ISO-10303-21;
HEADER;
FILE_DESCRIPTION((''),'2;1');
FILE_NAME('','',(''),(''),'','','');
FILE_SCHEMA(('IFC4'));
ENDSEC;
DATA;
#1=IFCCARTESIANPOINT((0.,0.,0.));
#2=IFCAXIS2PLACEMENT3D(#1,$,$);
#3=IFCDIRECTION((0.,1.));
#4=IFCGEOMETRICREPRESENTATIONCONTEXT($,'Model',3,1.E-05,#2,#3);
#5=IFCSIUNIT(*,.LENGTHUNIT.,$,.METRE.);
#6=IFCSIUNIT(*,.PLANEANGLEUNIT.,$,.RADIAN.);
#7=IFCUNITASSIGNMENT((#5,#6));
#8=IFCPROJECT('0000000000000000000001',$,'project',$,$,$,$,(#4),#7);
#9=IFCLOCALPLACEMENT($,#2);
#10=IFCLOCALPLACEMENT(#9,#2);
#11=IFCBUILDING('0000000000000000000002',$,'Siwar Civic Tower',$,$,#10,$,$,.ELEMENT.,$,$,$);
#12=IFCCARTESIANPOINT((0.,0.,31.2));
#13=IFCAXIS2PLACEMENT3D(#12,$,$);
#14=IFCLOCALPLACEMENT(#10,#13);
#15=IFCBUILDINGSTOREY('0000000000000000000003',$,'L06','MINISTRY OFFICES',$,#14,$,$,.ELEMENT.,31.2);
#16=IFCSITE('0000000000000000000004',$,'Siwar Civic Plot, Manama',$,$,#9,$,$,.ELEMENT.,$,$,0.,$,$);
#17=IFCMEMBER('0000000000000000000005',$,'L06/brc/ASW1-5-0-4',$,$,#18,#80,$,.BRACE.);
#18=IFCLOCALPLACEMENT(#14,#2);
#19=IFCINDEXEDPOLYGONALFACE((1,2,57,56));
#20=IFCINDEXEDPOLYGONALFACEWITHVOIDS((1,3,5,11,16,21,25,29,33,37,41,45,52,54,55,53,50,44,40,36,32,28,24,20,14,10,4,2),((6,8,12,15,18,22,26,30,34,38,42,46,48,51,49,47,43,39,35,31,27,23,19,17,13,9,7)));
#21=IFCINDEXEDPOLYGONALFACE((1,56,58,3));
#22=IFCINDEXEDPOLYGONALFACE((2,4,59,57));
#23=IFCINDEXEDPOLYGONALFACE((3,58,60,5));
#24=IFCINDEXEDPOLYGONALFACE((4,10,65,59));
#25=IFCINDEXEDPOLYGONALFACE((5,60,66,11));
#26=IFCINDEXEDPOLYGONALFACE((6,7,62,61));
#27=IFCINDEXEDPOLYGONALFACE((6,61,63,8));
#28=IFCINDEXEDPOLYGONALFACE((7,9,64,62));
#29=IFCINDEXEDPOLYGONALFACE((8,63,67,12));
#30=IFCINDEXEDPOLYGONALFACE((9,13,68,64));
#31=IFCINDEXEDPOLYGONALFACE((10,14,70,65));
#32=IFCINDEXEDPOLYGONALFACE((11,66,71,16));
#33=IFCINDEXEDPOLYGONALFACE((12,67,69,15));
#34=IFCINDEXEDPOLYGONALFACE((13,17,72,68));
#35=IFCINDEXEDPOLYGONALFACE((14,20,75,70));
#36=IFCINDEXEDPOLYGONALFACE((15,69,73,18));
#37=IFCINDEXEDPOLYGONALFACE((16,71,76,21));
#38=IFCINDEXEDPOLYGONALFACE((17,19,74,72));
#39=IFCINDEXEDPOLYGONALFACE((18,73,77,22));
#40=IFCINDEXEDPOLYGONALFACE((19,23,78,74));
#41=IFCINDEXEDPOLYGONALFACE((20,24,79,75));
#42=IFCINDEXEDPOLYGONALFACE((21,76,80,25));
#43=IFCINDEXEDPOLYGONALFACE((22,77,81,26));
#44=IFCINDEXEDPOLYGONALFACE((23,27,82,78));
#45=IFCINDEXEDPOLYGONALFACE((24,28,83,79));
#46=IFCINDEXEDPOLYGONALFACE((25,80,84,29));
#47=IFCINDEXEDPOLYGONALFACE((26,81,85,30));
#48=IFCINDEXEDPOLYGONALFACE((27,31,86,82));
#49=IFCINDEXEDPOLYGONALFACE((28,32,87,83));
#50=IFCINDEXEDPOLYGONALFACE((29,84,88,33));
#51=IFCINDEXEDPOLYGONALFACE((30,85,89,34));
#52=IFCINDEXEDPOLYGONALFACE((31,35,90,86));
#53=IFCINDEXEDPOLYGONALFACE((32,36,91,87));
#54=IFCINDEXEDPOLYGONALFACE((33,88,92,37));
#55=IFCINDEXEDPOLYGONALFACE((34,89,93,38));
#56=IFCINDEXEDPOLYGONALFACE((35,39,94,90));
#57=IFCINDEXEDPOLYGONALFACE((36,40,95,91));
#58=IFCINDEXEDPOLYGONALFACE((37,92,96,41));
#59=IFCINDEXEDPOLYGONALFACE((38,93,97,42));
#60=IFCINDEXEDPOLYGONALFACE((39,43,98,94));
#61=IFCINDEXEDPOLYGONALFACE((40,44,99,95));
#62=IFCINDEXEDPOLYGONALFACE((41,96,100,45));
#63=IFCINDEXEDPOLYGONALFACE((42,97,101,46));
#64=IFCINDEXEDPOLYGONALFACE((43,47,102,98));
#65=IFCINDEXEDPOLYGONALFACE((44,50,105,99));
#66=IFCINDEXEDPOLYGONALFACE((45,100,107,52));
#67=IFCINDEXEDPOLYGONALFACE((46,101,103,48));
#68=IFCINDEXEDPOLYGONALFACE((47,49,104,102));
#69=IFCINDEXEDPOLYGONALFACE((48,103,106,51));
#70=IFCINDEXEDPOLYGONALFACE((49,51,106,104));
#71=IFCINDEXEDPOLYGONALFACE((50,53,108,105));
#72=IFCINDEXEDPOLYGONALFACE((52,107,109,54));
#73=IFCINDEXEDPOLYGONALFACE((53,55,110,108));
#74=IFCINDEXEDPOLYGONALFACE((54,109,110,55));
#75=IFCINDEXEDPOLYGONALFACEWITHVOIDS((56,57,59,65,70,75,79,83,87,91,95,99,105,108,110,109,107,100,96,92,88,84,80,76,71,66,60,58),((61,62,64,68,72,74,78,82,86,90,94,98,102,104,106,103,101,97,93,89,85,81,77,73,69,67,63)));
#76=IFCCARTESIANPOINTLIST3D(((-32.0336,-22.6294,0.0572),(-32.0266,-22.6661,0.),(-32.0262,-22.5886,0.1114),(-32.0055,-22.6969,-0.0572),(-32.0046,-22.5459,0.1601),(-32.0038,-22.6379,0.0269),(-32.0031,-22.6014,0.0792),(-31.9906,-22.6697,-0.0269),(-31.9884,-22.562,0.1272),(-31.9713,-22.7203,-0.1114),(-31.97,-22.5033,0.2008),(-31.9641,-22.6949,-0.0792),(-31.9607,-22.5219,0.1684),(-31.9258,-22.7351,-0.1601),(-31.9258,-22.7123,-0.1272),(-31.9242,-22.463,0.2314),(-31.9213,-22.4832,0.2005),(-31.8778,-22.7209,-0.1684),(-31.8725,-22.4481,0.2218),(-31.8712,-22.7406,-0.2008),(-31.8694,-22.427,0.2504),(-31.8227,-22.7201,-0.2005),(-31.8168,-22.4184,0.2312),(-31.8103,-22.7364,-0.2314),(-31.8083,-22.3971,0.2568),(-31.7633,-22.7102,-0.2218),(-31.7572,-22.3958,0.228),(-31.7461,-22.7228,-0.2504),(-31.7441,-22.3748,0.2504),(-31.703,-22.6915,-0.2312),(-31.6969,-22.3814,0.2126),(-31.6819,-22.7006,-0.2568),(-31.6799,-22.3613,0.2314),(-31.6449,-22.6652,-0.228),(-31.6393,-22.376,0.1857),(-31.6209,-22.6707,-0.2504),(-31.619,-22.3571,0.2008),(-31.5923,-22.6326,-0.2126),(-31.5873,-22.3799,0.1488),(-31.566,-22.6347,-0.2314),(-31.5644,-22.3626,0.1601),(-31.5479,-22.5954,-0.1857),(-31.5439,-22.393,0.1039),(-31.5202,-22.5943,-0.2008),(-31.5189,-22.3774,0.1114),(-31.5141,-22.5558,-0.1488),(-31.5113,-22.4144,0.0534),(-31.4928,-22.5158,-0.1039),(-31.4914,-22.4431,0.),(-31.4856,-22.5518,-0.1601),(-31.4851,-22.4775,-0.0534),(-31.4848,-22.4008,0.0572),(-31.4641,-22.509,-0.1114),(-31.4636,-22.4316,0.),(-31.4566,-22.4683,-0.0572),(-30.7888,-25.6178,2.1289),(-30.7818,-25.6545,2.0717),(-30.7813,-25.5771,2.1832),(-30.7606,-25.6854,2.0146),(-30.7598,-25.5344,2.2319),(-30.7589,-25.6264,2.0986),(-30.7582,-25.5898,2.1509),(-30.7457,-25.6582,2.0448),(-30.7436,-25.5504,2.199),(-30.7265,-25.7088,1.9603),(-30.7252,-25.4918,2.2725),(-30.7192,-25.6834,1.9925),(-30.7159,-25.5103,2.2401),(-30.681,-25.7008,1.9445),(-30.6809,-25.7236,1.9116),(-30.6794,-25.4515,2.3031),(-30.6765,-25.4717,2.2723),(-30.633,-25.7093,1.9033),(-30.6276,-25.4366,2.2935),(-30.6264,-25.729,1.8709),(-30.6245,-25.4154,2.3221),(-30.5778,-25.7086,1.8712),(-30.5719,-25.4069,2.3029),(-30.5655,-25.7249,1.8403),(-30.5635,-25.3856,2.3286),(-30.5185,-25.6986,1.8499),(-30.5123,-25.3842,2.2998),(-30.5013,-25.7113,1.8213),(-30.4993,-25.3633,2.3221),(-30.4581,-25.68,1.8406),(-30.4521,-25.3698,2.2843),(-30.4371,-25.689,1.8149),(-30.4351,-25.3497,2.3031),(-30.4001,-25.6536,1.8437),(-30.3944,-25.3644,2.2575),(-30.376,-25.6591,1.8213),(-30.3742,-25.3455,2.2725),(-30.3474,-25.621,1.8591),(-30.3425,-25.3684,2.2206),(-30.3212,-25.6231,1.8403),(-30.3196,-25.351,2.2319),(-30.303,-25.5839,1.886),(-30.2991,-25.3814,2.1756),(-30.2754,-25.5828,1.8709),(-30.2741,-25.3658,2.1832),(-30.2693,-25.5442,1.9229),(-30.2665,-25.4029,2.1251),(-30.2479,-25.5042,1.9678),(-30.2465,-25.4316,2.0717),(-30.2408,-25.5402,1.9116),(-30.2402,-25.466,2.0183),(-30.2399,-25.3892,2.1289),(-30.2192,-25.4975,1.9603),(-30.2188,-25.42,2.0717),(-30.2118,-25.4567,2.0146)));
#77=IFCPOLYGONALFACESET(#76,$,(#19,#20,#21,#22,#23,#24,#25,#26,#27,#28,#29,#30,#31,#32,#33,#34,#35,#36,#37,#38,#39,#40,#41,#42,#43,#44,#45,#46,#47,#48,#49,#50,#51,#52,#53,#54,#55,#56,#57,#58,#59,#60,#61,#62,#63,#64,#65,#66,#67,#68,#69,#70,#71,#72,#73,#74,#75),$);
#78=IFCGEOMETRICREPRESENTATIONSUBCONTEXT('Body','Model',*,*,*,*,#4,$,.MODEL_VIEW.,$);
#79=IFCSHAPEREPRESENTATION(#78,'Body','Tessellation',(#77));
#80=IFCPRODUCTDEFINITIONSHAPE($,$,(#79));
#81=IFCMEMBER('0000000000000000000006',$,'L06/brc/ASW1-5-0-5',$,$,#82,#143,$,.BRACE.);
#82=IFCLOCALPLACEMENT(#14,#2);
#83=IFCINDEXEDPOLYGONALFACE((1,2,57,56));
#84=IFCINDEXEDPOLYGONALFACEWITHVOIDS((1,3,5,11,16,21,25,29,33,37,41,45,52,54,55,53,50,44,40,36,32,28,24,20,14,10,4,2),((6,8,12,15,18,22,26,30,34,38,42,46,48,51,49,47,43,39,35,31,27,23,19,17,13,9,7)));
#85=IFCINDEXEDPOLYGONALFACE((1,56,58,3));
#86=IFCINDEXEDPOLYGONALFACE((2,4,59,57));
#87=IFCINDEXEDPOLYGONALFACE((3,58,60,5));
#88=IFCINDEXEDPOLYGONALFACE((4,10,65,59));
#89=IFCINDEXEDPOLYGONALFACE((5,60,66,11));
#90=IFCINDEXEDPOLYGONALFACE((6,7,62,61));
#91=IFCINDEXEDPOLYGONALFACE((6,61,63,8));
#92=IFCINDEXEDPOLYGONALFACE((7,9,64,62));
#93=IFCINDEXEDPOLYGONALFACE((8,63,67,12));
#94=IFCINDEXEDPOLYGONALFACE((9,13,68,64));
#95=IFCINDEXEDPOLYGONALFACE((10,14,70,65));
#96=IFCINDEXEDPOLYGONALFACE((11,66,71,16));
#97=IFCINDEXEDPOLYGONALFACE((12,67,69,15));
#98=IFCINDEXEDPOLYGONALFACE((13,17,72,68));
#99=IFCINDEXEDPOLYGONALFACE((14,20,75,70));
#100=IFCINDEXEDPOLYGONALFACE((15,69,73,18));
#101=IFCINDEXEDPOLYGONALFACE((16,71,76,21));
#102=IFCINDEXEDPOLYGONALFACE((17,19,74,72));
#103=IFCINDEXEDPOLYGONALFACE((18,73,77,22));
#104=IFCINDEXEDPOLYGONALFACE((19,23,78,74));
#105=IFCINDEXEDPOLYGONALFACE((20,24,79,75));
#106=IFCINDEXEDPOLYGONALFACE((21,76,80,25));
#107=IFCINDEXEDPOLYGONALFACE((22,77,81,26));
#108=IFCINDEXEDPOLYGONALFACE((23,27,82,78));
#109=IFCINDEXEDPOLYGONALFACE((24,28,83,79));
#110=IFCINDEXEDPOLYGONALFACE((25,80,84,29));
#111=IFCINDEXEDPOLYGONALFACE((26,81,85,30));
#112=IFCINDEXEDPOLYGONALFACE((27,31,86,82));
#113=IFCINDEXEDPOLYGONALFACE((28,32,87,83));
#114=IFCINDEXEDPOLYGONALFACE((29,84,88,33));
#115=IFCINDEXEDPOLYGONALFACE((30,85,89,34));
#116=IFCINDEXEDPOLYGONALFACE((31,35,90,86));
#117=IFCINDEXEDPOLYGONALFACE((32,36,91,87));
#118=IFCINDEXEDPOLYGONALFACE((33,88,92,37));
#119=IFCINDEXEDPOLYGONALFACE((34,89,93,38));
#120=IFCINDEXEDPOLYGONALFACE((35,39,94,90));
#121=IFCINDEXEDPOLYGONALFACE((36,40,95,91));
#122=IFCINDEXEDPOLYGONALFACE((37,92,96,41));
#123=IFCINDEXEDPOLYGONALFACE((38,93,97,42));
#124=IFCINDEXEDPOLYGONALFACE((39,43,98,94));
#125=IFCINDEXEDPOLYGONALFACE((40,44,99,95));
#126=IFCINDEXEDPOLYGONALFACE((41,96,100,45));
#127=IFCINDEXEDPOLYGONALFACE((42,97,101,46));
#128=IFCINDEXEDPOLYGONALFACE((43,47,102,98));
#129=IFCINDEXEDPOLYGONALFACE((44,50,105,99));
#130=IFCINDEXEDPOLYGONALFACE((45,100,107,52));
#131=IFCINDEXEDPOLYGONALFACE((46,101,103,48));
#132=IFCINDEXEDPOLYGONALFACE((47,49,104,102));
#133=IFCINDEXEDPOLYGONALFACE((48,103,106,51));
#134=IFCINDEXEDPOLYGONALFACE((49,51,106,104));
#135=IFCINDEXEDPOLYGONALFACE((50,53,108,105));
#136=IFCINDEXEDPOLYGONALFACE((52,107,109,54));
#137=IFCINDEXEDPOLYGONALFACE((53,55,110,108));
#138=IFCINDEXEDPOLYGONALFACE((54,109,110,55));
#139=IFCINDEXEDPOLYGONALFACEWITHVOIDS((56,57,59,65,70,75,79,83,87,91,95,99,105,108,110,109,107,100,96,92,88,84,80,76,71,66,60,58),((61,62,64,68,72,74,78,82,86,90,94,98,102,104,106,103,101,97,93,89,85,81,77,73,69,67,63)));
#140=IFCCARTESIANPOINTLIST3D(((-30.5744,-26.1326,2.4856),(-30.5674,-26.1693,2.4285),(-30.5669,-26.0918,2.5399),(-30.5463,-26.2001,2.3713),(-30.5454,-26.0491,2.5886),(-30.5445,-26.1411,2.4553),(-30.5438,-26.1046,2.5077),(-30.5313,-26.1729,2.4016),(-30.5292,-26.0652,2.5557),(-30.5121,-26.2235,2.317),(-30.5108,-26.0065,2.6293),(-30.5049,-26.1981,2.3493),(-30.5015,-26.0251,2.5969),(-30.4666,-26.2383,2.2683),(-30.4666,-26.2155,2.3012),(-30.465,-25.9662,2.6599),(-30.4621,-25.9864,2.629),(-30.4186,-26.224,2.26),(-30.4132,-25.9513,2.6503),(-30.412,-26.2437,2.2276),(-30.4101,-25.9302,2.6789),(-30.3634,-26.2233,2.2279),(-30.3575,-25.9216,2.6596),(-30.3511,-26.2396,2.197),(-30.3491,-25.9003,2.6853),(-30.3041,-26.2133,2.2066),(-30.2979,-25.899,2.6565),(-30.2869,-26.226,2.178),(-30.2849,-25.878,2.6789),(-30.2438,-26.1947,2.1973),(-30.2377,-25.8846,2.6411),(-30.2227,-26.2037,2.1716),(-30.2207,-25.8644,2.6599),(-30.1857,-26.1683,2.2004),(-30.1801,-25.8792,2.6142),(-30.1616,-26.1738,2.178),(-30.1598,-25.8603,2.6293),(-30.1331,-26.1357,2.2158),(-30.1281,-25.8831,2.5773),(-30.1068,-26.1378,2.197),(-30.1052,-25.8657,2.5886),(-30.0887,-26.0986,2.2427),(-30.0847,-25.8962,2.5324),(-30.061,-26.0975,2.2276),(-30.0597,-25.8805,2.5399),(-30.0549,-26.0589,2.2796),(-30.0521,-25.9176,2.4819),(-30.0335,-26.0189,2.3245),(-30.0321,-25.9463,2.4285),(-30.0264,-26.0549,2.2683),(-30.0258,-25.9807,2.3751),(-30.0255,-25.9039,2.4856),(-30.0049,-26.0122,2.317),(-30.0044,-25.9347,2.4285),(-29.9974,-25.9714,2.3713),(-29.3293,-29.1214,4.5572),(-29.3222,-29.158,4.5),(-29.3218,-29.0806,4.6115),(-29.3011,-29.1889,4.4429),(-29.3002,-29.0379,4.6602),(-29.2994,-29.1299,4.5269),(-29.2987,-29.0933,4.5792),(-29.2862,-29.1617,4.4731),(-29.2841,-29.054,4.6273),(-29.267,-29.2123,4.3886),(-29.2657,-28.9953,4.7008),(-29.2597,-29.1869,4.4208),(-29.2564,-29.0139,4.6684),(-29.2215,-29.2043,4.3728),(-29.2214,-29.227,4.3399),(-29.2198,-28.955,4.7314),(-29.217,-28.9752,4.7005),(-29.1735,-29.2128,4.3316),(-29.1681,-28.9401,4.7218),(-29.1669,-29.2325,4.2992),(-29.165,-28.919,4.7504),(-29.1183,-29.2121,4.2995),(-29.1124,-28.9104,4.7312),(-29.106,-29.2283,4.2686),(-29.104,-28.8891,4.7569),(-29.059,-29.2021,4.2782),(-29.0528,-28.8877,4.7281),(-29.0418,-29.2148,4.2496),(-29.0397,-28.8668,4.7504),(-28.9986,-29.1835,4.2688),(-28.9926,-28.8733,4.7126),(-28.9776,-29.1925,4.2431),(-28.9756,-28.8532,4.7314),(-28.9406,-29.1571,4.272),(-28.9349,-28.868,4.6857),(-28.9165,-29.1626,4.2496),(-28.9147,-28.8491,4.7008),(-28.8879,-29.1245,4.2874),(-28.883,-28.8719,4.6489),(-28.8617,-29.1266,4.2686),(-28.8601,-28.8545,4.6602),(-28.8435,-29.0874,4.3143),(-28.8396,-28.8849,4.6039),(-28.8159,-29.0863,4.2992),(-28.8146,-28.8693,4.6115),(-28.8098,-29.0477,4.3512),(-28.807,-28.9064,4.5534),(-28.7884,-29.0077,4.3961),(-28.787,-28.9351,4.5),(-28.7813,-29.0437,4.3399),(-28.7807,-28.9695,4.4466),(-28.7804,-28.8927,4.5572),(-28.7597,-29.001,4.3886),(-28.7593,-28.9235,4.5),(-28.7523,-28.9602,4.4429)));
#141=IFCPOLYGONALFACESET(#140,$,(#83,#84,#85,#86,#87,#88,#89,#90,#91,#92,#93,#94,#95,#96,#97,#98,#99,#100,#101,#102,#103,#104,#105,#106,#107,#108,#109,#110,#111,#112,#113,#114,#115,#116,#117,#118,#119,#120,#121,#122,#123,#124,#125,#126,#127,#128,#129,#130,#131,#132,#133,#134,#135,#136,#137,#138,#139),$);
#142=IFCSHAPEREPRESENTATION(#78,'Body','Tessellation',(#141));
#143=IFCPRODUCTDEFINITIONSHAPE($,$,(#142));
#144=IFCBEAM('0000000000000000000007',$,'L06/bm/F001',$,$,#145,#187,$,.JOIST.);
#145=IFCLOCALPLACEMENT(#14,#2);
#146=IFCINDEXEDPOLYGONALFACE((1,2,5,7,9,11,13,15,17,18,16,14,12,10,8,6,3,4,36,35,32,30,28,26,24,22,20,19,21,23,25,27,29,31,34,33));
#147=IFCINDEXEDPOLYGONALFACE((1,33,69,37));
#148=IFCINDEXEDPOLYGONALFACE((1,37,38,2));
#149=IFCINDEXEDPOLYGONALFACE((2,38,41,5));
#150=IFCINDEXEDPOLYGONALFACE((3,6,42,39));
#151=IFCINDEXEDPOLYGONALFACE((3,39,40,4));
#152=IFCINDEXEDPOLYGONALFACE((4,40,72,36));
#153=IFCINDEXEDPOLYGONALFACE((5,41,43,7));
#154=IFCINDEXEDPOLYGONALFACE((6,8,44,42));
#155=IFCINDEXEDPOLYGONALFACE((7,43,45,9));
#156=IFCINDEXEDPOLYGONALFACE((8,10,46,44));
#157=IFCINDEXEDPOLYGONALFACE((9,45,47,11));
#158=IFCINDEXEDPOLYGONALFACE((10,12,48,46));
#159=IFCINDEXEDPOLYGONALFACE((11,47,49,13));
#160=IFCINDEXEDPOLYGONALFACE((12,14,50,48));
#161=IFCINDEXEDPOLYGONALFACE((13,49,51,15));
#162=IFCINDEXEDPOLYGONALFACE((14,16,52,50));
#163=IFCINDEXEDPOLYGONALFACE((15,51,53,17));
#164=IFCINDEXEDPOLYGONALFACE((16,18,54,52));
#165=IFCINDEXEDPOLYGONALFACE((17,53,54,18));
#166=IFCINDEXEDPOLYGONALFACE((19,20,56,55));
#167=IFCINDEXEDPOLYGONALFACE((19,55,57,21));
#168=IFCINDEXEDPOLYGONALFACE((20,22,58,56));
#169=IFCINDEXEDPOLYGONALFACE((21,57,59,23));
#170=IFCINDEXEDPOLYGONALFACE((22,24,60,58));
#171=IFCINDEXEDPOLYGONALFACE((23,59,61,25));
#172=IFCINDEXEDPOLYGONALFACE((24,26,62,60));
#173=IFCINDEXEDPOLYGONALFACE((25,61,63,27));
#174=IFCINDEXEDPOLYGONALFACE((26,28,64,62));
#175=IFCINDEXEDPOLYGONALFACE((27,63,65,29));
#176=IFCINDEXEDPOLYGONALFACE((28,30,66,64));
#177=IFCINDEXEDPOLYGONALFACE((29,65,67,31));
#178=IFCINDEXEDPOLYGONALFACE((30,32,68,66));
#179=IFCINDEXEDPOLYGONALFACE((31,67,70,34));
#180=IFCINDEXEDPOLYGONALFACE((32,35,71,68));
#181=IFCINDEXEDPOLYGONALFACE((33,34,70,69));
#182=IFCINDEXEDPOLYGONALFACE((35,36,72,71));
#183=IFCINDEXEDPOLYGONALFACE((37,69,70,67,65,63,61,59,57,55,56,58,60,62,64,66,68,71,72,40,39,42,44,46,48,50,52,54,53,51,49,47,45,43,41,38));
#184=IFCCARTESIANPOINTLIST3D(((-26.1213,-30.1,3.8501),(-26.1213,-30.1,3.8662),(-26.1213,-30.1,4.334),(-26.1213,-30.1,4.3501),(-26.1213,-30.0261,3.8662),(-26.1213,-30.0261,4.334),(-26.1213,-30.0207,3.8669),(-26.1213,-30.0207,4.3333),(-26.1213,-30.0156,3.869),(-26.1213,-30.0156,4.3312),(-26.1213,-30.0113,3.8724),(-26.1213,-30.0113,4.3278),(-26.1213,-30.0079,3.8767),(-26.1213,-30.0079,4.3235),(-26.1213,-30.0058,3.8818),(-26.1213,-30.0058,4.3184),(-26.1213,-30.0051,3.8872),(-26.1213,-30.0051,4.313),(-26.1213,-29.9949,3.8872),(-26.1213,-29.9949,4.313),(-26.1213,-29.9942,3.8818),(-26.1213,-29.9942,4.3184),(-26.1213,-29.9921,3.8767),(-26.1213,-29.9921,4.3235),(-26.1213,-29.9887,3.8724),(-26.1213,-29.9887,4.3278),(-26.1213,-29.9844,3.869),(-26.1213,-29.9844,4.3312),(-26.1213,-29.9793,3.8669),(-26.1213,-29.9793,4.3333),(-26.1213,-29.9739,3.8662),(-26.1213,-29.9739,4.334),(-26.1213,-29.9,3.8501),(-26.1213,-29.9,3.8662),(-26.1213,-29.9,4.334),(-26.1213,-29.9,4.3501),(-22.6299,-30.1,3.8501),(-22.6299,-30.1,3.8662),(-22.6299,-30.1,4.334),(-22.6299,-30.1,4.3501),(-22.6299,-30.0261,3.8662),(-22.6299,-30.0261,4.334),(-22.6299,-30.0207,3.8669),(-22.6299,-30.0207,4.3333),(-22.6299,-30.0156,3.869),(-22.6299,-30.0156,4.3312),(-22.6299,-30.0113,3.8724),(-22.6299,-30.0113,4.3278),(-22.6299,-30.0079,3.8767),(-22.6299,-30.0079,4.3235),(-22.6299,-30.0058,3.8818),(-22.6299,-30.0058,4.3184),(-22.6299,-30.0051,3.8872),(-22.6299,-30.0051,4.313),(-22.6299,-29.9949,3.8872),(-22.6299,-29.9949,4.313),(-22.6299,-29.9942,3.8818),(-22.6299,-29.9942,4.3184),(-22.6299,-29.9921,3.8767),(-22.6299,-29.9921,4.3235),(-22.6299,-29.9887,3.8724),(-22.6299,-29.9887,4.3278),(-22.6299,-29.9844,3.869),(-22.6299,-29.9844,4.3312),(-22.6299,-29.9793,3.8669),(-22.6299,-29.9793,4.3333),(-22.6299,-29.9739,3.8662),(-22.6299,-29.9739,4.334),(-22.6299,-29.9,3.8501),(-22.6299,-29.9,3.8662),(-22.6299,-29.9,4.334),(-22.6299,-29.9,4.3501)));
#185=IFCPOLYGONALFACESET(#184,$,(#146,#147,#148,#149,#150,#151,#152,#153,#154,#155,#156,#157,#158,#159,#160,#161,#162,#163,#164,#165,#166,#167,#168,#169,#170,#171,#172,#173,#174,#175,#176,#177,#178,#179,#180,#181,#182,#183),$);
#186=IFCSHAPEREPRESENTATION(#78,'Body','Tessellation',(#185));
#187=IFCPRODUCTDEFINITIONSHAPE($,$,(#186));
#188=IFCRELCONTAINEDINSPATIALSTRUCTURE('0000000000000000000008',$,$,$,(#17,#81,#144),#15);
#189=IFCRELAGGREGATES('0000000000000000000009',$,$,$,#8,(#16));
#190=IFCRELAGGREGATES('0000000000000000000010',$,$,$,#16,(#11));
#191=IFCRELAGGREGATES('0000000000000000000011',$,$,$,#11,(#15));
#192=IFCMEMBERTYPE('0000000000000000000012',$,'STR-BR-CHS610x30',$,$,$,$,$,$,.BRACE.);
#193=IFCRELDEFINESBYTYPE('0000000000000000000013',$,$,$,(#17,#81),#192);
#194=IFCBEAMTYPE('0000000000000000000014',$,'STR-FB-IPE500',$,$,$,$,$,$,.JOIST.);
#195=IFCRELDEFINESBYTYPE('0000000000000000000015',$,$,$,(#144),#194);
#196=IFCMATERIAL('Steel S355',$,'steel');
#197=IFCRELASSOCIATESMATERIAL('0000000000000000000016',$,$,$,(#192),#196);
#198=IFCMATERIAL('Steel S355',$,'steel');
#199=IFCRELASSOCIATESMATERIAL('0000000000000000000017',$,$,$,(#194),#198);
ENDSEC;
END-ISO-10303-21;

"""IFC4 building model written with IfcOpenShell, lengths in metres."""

from ifc_helpers import new_model, si_unit, direction, frame, origin, origin_2d, place, context, subcontext, project, spatial, hollow_circle, i_section, extrude, material, material_profile, profile_set, type_object, element, save


model = new_model("IFC4")

# Units and contexts
model_context = context("Model", 3, precision=1e-05, world=origin(), true_north=direction((0.0, 1.0)))
body_context = subcontext(model_context, "Body", "Model", "MODEL_VIEW")
ifc_project = project(units=[si_unit("LENGTHUNIT", "METRE"), si_unit("PLANEANGLEUNIT", "RADIAN")], contexts=[model_context])

# Site, building, storey
site_placement = place(None, origin())
site = spatial("IfcSite", under=ifc_project, at=site_placement, Name="Siwar Civic Plot, Manama", CompositionType="ELEMENT", RefElevation=0.0)
building_placement = place(site_placement, origin())
building = spatial("IfcBuilding", under=site, at=building_placement, Name="Siwar Civic Tower", CompositionType="ELEMENT")
storey_placement = place(building_placement, frame((0.0, 0.0, 31.2)))
storey = spatial("IfcBuildingStorey", under=building, at=storey_placement, Name="L06", Description="MINISTRY OFFICES", CompositionType="ELEMENT", Elevation=31.2)

# Members
ifc_material_1 = material(Name="Steel S355", Category="steel")
ifc_material_profile_1 = material_profile(ifc_material_1, hollow_circle(Radius=0.3049, WallThickness=0.03, at=origin_2d()), Name="CHS610x30")
ifc_profile_set_1 = profile_set([ifc_material_profile_1], Name="Steel S355")
member_type_1 = type_object("IfcMemberType", Name="STR-BR-CHS610x30", PredefinedType="BRACE", material=ifc_profile_set_1)
member_1_placement = place(storey_placement, frame((-31.7451, -22.5488, 0.0), z_axis=(0.323882, -0.777533, 0.53902), x_axis=(0.923115, 0.384524, 0.0)))
element("IfcMember", 1, at=member_1_placement, inside=storey, type_object=member_type_1, Name="L06/brc/ASW1-5-0-4", PredefinedType="BRACE", context=body_context, shape_type="SweptSolid", body=[
    extrude(hollow_circle(Radius=0.3049, WallThickness=0.03, at=origin_2d()), origin(), (0.0, 0.0, 1.0), 3.8435),
])
member_2_placement = place(storey_placement, frame((-30.2859, -26.052, 2.4285), z_axis=(0.323934, -0.777569, 0.538937), x_axis=(0.923099, 0.384562, 0.0)))
element("IfcMember", 2, at=member_2_placement, inside=storey, type_object=member_type_1, Name="L06/brc/ASW1-5-0-5", PredefinedType="BRACE", context=body_context, shape_type="SweptSolid", body=[
    extrude(hollow_circle(Radius=0.3049, WallThickness=0.03, at=origin_2d()), origin(), (0.0, 0.0, 1.0), 3.8438),
])

# Beam
ifc_material_2 = material(Name="Steel S355", Category="steel")
ifc_material_profile_2 = material_profile(ifc_material_2, i_section(OverallWidth=0.2, OverallDepth=0.5, WebThickness=0.0103, FlangeThickness=0.0161, FilletRadius=0.021, at=origin_2d()), Name="IPE500")
ifc_profile_set_2 = profile_set([ifc_material_profile_2], Name="Steel S355")
beam_type_1 = type_object("IfcBeamType", Name="STR-FB-IPE500", PredefinedType="JOIST", material=ifc_profile_set_2)
beam_1_placement = place(storey_placement, frame((-26.1213, -30.0, 4.1001), z_axis=(1.0, 0.0, 0.0), x_axis=(0.0, 1.0, 0.0)))
element("IfcBeam", 3, at=beam_1_placement, inside=storey, type_object=beam_type_1, Name="L06/bm/F001", PredefinedType="JOIST", context=body_context, shape_type="SweptSolid", body=[
    extrude(i_section(OverallWidth=0.2, OverallDepth=0.5, WebThickness=0.0103, FlangeThickness=0.0161, FilletRadius=0.021, at=origin_2d()), origin(), (0.0, 0.0, 1.0), 3.4915),
])

save(model, "model.ifc")
